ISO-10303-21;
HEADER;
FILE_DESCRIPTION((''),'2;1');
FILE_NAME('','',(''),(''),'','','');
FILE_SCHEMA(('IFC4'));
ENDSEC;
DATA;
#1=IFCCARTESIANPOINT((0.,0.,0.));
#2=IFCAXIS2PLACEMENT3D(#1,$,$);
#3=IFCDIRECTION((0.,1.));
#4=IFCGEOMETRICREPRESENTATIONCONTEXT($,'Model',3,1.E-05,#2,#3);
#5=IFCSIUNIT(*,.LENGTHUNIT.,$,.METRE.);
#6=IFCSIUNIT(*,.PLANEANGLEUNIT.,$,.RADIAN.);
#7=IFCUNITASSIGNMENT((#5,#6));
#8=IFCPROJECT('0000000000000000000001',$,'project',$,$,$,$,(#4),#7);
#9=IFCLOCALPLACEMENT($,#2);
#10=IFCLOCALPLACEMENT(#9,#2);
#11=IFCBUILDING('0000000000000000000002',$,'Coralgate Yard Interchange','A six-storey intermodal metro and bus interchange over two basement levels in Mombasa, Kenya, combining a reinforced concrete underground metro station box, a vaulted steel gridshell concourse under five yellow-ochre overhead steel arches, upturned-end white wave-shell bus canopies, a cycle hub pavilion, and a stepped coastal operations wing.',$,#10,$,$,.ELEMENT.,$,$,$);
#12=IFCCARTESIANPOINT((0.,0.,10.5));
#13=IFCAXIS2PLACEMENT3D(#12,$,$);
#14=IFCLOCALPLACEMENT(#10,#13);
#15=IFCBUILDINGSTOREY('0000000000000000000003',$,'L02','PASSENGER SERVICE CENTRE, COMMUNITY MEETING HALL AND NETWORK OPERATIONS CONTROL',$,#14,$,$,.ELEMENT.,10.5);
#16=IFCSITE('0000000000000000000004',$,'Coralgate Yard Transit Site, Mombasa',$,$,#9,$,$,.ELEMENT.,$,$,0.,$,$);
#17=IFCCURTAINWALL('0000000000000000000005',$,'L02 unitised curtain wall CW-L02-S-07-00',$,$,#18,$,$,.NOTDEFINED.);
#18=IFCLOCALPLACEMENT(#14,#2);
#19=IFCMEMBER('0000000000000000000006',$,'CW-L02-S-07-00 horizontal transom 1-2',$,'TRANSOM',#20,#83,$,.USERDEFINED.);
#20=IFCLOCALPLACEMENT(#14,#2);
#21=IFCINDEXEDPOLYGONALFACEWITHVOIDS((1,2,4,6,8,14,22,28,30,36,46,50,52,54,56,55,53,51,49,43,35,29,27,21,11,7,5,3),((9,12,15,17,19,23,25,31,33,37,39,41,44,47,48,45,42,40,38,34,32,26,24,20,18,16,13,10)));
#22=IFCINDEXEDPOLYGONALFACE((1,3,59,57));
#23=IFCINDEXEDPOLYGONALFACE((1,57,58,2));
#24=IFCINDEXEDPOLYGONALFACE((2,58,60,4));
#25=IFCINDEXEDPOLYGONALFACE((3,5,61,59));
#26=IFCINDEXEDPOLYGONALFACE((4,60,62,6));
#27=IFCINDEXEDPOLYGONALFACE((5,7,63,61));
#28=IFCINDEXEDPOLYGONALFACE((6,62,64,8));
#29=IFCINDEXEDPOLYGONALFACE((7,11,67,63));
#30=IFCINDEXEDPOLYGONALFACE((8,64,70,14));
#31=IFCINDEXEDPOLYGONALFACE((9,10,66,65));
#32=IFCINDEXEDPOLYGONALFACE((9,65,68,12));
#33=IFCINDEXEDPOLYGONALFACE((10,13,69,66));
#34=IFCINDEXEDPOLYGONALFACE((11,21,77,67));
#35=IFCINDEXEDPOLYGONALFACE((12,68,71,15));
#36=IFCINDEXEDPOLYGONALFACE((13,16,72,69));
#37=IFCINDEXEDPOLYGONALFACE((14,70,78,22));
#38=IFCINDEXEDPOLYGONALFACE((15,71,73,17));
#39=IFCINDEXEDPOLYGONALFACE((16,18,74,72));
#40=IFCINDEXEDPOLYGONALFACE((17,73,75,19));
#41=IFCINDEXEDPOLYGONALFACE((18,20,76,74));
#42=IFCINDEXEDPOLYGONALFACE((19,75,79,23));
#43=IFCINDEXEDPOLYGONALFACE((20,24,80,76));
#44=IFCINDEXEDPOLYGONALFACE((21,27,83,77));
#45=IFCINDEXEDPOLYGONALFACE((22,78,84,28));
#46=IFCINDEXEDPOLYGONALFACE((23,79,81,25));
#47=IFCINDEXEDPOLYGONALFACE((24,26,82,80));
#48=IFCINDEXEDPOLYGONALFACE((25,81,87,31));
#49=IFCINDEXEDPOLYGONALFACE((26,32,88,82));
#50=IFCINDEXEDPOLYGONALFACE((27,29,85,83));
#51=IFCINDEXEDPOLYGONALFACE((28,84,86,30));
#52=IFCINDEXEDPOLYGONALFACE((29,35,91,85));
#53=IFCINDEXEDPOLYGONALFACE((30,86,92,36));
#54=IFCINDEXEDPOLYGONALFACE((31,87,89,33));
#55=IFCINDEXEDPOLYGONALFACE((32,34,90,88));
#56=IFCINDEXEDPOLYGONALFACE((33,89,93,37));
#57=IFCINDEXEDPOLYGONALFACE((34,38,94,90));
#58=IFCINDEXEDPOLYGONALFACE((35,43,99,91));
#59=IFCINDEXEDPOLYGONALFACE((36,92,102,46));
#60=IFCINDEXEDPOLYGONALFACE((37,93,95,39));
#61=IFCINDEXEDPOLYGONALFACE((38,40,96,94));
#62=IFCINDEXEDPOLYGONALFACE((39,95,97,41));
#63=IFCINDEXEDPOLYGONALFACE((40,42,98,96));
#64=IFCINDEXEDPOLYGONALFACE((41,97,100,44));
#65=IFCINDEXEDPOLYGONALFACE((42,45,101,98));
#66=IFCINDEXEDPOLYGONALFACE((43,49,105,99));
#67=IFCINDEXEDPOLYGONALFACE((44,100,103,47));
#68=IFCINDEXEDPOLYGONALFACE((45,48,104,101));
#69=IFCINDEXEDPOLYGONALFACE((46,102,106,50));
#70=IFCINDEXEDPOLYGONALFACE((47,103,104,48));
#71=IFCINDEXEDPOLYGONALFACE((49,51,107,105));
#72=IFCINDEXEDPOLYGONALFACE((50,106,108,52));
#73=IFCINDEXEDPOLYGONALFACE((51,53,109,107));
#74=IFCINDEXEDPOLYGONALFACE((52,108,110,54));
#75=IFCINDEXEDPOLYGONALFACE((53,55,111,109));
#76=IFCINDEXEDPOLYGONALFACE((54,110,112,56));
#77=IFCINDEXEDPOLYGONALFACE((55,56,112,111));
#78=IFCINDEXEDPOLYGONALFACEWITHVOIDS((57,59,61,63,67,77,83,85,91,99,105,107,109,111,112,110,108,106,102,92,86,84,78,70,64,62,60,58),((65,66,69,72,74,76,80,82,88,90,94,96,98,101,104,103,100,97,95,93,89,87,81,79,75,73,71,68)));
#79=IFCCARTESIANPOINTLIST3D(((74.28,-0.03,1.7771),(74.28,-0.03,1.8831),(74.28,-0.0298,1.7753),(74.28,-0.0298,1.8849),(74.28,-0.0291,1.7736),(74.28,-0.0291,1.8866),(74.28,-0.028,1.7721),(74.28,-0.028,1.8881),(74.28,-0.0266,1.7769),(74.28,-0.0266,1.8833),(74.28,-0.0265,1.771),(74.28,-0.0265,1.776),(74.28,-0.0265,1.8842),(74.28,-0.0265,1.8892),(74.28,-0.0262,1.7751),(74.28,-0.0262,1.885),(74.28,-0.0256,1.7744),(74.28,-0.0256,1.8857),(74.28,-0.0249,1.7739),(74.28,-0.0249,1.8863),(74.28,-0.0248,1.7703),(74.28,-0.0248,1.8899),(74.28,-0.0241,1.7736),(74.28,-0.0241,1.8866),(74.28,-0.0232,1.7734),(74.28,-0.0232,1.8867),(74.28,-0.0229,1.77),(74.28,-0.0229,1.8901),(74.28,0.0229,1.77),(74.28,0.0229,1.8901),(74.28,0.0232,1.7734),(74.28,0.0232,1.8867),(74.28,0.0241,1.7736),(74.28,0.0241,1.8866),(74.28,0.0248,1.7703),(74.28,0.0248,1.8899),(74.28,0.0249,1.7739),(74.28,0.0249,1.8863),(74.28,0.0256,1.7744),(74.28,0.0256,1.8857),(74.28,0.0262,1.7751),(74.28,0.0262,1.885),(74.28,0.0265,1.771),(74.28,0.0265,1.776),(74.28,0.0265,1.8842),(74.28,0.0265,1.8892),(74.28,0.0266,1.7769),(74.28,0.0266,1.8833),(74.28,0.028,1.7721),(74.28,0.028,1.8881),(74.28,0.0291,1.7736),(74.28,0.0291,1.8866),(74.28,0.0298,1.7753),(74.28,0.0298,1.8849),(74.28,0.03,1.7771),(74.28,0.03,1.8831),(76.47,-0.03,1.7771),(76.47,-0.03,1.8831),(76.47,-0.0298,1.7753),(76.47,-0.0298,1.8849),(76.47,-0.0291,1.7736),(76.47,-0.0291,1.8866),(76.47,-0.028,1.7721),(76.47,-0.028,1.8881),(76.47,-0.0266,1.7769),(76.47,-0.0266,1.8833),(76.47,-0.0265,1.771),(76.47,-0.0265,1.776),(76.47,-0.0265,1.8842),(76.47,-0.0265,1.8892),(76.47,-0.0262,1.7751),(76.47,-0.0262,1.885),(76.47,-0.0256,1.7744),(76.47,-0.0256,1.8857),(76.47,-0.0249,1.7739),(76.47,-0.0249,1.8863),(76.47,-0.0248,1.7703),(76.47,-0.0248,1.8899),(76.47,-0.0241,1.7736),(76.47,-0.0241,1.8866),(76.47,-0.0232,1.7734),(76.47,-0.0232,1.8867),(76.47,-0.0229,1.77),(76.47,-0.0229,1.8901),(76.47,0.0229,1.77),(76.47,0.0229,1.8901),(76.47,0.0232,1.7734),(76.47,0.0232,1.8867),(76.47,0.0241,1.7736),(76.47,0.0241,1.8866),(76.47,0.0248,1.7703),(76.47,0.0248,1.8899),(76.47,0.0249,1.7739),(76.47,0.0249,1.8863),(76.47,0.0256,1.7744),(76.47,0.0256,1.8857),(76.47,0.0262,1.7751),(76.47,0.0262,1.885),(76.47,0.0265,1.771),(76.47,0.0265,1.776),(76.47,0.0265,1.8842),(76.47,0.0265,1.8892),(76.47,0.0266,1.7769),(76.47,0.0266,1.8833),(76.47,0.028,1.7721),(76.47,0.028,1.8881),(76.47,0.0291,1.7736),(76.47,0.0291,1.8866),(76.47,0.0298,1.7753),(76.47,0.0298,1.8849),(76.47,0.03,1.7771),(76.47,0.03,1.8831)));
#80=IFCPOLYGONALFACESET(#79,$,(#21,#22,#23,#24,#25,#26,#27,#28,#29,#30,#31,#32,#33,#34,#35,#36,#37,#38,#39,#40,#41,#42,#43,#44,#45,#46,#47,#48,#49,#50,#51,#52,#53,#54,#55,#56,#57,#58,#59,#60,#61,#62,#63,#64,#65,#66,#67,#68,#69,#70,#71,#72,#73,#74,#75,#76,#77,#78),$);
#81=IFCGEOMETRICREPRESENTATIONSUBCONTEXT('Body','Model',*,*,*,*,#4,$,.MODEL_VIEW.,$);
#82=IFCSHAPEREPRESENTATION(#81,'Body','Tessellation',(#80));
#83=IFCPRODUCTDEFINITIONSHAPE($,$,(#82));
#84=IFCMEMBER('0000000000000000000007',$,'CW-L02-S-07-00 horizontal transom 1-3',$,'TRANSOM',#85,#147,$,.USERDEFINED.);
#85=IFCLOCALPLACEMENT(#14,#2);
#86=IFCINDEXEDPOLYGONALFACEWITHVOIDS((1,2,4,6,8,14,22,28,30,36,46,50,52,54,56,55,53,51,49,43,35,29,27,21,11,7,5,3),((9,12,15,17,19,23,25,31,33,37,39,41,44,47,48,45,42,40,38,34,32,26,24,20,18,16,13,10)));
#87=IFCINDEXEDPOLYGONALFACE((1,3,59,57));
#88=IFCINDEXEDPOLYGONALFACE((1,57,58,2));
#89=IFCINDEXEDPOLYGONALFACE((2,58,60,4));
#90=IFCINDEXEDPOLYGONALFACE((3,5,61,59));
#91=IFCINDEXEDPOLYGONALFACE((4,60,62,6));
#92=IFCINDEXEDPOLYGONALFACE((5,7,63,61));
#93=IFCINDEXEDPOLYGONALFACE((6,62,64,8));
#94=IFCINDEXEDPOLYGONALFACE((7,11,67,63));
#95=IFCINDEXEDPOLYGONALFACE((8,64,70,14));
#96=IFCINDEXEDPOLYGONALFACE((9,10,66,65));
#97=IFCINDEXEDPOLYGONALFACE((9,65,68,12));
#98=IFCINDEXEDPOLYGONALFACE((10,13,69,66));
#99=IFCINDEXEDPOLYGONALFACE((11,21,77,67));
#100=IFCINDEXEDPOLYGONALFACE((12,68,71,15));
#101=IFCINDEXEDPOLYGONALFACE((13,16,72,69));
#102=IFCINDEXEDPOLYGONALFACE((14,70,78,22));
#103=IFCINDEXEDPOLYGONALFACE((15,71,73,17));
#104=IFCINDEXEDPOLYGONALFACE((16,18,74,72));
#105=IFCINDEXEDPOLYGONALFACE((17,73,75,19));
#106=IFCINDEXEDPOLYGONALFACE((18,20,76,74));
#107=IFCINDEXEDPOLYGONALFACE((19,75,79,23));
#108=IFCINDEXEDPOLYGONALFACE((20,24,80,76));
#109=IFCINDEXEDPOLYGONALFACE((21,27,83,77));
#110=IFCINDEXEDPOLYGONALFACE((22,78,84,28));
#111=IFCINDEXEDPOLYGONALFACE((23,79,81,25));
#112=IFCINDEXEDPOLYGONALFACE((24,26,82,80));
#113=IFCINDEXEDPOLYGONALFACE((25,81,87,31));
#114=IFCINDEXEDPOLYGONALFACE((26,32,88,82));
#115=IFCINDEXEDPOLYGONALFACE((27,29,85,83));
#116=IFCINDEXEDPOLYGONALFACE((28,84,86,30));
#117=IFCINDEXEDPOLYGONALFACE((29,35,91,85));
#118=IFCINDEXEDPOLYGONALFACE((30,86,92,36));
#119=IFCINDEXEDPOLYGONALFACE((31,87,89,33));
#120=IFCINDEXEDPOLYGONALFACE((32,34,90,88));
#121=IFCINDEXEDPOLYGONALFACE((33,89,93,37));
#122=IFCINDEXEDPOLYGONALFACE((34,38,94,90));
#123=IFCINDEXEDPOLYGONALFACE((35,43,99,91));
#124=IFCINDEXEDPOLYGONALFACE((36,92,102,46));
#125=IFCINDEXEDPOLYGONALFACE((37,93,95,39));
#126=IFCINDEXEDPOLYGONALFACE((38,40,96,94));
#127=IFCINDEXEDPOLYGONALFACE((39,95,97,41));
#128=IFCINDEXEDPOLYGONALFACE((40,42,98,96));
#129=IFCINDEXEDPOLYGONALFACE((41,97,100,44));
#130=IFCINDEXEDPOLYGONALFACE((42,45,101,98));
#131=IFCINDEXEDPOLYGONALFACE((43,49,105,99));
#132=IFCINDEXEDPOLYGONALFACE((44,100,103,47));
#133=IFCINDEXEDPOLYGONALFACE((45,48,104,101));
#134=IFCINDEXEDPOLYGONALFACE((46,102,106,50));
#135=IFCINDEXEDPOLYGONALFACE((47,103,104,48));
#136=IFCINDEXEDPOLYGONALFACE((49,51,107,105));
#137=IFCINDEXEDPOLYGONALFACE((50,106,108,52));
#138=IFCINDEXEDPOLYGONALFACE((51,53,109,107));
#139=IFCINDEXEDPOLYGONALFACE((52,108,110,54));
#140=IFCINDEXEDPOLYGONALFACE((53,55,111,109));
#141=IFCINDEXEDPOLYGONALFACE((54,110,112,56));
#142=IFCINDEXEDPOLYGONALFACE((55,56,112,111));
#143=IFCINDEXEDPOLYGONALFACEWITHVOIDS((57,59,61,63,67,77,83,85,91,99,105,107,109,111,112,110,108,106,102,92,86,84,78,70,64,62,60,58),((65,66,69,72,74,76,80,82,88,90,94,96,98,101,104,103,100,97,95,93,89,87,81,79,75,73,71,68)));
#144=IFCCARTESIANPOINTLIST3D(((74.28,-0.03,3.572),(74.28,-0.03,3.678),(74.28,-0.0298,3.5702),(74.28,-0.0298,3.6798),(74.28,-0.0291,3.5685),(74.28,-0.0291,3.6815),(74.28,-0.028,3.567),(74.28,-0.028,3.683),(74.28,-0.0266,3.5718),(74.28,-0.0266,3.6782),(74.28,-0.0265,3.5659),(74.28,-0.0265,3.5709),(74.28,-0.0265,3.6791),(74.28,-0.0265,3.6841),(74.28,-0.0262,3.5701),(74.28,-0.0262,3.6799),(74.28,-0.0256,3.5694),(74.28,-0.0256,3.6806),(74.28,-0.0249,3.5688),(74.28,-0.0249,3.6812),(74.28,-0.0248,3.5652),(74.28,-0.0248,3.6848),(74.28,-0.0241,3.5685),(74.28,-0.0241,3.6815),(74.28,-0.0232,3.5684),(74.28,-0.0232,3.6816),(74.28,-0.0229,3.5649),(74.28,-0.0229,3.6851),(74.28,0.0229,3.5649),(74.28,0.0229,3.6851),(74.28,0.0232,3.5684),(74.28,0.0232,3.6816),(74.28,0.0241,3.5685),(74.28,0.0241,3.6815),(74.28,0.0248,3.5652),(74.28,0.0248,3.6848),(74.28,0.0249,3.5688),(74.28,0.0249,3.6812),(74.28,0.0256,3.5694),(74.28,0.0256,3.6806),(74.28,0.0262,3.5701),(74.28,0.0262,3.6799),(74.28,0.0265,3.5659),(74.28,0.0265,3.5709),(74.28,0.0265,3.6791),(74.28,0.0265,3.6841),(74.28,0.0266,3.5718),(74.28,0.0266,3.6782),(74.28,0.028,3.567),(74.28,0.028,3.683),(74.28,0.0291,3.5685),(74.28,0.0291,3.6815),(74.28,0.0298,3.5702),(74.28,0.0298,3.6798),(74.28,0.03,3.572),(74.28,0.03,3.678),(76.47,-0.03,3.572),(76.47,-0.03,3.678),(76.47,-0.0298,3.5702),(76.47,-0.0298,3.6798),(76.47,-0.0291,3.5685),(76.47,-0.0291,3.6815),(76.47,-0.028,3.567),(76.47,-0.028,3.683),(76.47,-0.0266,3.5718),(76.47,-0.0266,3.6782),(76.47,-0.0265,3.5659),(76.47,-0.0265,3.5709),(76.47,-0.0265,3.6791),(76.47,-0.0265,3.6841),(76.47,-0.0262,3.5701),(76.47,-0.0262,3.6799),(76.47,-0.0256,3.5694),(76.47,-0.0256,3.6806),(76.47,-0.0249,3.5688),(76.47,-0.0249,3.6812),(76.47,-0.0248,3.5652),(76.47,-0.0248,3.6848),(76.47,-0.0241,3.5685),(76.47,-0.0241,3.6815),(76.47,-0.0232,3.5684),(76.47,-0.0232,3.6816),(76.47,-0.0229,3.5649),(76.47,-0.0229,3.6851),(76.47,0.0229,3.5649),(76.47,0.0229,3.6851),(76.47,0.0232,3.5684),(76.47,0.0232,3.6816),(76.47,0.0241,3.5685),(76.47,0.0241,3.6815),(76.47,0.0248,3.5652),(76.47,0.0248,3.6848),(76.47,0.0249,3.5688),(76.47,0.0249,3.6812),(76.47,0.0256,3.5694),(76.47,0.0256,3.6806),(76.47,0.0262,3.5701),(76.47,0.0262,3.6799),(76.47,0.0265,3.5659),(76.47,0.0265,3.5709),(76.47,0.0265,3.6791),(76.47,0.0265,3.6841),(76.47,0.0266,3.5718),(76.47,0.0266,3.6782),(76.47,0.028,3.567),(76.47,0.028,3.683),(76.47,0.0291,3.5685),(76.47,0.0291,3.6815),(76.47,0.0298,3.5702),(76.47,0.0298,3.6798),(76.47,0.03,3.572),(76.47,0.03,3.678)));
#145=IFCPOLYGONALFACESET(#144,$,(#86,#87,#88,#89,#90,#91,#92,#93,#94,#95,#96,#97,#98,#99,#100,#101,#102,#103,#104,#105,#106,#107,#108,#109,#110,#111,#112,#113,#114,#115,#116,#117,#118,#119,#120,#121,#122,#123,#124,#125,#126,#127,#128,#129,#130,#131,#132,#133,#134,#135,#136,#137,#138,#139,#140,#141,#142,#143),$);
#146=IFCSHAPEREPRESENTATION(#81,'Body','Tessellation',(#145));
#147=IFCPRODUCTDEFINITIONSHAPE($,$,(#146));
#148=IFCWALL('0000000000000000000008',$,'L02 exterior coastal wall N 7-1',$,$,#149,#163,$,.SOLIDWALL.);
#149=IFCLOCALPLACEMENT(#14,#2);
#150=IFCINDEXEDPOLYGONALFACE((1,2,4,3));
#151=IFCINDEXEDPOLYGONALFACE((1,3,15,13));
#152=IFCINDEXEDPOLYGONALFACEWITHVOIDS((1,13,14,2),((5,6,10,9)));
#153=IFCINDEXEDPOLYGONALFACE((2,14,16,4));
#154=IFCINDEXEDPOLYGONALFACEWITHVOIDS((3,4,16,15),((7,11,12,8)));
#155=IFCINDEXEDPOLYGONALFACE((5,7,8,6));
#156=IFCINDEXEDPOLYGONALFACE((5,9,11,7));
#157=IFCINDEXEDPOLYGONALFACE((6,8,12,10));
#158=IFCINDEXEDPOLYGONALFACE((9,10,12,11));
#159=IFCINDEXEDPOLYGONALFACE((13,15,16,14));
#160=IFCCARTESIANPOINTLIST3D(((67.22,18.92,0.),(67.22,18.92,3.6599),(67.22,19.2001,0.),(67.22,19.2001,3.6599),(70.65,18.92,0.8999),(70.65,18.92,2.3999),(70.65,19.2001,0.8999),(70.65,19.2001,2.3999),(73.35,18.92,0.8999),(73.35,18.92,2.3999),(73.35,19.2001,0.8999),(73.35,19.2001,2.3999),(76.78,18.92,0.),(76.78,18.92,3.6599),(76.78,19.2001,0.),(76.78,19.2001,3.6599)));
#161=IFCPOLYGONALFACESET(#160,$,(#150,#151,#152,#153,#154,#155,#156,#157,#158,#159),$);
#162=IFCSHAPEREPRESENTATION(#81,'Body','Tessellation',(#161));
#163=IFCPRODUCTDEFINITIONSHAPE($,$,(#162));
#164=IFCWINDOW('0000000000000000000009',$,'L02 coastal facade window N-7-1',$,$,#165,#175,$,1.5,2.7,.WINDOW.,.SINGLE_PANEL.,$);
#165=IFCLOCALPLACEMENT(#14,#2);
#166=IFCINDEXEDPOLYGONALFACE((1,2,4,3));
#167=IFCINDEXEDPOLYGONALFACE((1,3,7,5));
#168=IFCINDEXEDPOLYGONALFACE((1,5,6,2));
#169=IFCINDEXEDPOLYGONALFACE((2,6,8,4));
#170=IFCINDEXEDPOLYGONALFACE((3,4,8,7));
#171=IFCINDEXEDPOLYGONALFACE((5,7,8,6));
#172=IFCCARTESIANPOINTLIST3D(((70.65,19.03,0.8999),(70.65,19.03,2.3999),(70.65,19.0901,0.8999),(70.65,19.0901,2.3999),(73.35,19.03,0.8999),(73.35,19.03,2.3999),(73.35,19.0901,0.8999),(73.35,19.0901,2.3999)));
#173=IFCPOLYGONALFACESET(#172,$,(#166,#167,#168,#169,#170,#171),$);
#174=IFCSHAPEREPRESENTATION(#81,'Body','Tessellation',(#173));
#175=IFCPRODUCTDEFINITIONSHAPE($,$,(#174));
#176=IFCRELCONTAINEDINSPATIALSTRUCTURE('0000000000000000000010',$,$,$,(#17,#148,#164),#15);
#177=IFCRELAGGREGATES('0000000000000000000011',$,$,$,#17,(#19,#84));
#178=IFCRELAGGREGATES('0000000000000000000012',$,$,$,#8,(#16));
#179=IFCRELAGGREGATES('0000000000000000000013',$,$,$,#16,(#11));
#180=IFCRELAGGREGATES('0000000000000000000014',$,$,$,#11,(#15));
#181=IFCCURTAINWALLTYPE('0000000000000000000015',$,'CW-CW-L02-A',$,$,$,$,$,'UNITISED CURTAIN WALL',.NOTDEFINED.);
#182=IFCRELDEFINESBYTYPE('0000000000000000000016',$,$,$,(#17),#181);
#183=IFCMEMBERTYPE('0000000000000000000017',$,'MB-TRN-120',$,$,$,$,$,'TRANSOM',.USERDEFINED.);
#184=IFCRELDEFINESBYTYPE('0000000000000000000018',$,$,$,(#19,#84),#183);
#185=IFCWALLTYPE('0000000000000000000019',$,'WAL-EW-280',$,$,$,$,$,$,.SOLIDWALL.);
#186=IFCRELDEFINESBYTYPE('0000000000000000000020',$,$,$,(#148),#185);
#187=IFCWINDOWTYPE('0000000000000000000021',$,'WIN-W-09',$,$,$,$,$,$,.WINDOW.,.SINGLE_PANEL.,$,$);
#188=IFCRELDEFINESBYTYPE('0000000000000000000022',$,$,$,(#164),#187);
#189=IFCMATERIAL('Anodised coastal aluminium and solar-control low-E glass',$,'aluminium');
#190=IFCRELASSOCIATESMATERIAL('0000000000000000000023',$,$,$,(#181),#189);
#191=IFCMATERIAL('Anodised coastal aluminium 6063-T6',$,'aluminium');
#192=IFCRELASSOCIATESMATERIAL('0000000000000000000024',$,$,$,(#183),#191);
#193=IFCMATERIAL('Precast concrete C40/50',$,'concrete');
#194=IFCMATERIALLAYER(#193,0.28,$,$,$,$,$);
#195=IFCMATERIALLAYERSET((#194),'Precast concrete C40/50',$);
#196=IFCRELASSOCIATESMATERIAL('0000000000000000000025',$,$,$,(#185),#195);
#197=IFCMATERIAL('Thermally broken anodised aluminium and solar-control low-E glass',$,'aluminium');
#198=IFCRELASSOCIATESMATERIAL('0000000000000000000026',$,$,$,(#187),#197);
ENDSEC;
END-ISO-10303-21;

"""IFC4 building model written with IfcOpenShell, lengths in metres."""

from ifc_helpers import new_model, si_unit, direction, frame, frame_2d, origin, origin_2d, place, context, subcontext, project, spatial, rectangle, hollow_rectangle, extrude, material, layer, layer_set, material_profile, profile_set, type_object, element, fill, aggregate, save


model = new_model("IFC4")

# Units and contexts
model_context = context("Model", 3, precision=1e-05, world=origin(), true_north=direction((0.0, 1.0)))
body_context = subcontext(model_context, "Body", "Model", "MODEL_VIEW")
ifc_project = project(units=[si_unit("LENGTHUNIT", "METRE"), si_unit("PLANEANGLEUNIT", "RADIAN")], contexts=[model_context])

# Site, building, storey
site_placement = place(None, origin())
site = spatial("IfcSite", under=ifc_project, at=site_placement, Name="Coralgate Yard Transit Site, Mombasa", CompositionType="ELEMENT", RefElevation=0.0)
building_placement = place(site_placement, origin())
building = spatial("IfcBuilding", under=site, at=building_placement, Name="Coralgate Yard Interchange", Description="A six-storey intermodal metro and bus interchange over two basement levels in Mombasa, Kenya, combining a reinforced concrete underground metro station box, a vaulted steel gridshell concourse under five yellow-ochre overhead steel arches, upturned-end white wave-shell bus canopies, a cycle hub pavilion, and a stepped coastal operations wing.", CompositionType="ELEMENT")
storey_placement = place(building_placement, frame((0.0, 0.0, 10.5)))
storey = spatial("IfcBuildingStorey", under=building, at=storey_placement, Name="L02", Description="PASSENGER SERVICE CENTRE, COMMUNITY MEETING HALL AND NETWORK OPERATIONS CONTROL", CompositionType="ELEMENT", Elevation=10.5)

# Shared definitions
ifc_material_1 = material(Name="Anodised coastal aluminium and solar-control low-E glass", Category="aluminium")
curtain_wall_type = type_object("IfcCurtainWallType", Name="CW-CW-L02-A", ElementType="UNITISED CURTAIN WALL", PredefinedType="NOTDEFINED", material=ifc_material_1)
ifc_material_2 = material(Name="Anodised coastal aluminium 6063-T6", Category="aluminium")

# Curtain wall, members
curtain_wall_1_placement = place(storey_placement, origin())
curtain_wall_1 = element("IfcCurtainWall", 1, at=curtain_wall_1_placement, inside=storey, type_object=curtain_wall_type, Name="L02 unitised curtain wall CW-L02-S-07-00", PredefinedType="NOTDEFINED")
ifc_material_profile_1 = material_profile(ifc_material_2, hollow_rectangle(XDim=0.0601, YDim=0.1201, WallThickness=0.0034, InnerFilletRadius=0.0034, OuterFilletRadius=0.0071, at=origin_2d()), Name="ALU 60x120x3.5")
ifc_profile_set_1 = profile_set([ifc_material_profile_1], Name="Anodised coastal aluminium 6063-T6")
member_type_1 = type_object("IfcMemberType", Name="MB-TRN-120", ElementType="TRANSOM", PredefinedType="USERDEFINED", material=ifc_profile_set_1)
member_1_placement = place(storey_placement, frame((76.47, 0.0, 1.8301), z_axis=(-1.0, 0.0, 0.0), x_axis=(0.0, -1.0, 0.0)))
member_1 = element("IfcMember", 2, at=member_1_placement, type_object=member_type_1, Name="CW-L02-S-07-00 horizontal transom 1-2", ObjectType="TRANSOM", PredefinedType="USERDEFINED", context=body_context, shape_type="SweptSolid", body=[
    extrude(hollow_rectangle(XDim=0.0601, YDim=0.1201, WallThickness=0.0034, InnerFilletRadius=0.0034, OuterFilletRadius=0.0071, at=origin_2d()), origin(), (0.0, 0.0, 1.0), 2.1899),
])
member_2_placement = place(storey_placement, frame((76.47, 0.0, 3.625), z_axis=(-1.0, 0.0, 0.0), x_axis=(0.0, -1.0, 0.0)))
member_2 = element("IfcMember", 3, at=member_2_placement, type_object=member_type_1, Name="CW-L02-S-07-00 horizontal transom 1-3", ObjectType="TRANSOM", PredefinedType="USERDEFINED", context=body_context, shape_type="SweptSolid", body=[
    extrude(hollow_rectangle(XDim=0.0601, YDim=0.1201, WallThickness=0.0034, InnerFilletRadius=0.0034, OuterFilletRadius=0.0071, at=origin_2d()), origin(), (0.0, 0.0, 1.0), 2.1899),
])
aggregate(curtain_wall_1, [member_1, member_2])

# Wall, opening, window
ifc_material_3 = material(Name="Precast concrete C40/50", Category="concrete")
ifc_layer_1 = layer(ifc_material_3, 0.28)
ifc_layer_set_1 = layer_set([ifc_layer_1], Name="Precast concrete C40/50")
wall_type_1 = type_object("IfcWallType", Name="WAL-EW-280", PredefinedType="SOLIDWALL", material=ifc_layer_set_1)
wall_1_placement = place(storey_placement, frame((67.22, 19.0601, 0.0), z_axis=(0.0, 0.0, 1.0), x_axis=(1.0, 0.0, 0.0)))
wall_1 = element("IfcWall", 4, at=wall_1_placement, inside=storey, type_object=wall_type_1, Name="L02 exterior coastal wall N 7-1", PredefinedType="SOLIDWALL", context=body_context, shape_type="SweptSolid", body=[
    extrude(rectangle(XDim=9.5601, YDim=0.28, at=frame_2d((4.78, 0.0))), origin(), (0.0, 0.0, 1.0), 3.6599),
])
opening_1_placement = place(wall_1_placement, frame((3.4299, 0.0, 0.8999)))
opening_1 = element("IfcOpeningElement", 5, at=opening_1_placement, cuts=wall_1, PredefinedType="OPENING", context=body_context, shape_type="SweptSolid", body=[
    extrude(rectangle(XDim=2.7, YDim=1.5, at=frame_2d((1.3501, 0.75))), frame((0.0, 0.1499, 0.0), z_axis=(0.0, -1.0, 0.0), x_axis=(1.0, 0.0, 0.0)), (0.0, 0.0, 1.0), 0.3),
])
ifc_material_4 = material(Name="Thermally broken anodised aluminium and solar-control low-E glass", Category="aluminium")
window_type = type_object("IfcWindowType", Name="WIN-W-09", PartitioningType="SINGLE_PANEL", PredefinedType="WINDOW", material=ifc_material_4)
window_placement = place(opening_1_placement, origin())
window = element("IfcWindow", 6, at=window_placement, inside=storey, type_object=window_type, Name="L02 coastal facade window N-7-1", OverallHeight=1.5, OverallWidth=2.7, PartitioningType="SINGLE_PANEL", PredefinedType="WINDOW", context=body_context, shape_type="SweptSolid", body=[
    extrude(rectangle(XDim=2.7, YDim=1.5, at=frame_2d((1.3501, 0.75))), frame((0.0, 0.03, 0.0), z_axis=(0.0, -1.0, 0.0), x_axis=(1.0, 0.0, 0.0)), (0.0, 0.0, 1.0), 0.0601),
])
fill(opening_1, window)

save(model, "model.ifc")
